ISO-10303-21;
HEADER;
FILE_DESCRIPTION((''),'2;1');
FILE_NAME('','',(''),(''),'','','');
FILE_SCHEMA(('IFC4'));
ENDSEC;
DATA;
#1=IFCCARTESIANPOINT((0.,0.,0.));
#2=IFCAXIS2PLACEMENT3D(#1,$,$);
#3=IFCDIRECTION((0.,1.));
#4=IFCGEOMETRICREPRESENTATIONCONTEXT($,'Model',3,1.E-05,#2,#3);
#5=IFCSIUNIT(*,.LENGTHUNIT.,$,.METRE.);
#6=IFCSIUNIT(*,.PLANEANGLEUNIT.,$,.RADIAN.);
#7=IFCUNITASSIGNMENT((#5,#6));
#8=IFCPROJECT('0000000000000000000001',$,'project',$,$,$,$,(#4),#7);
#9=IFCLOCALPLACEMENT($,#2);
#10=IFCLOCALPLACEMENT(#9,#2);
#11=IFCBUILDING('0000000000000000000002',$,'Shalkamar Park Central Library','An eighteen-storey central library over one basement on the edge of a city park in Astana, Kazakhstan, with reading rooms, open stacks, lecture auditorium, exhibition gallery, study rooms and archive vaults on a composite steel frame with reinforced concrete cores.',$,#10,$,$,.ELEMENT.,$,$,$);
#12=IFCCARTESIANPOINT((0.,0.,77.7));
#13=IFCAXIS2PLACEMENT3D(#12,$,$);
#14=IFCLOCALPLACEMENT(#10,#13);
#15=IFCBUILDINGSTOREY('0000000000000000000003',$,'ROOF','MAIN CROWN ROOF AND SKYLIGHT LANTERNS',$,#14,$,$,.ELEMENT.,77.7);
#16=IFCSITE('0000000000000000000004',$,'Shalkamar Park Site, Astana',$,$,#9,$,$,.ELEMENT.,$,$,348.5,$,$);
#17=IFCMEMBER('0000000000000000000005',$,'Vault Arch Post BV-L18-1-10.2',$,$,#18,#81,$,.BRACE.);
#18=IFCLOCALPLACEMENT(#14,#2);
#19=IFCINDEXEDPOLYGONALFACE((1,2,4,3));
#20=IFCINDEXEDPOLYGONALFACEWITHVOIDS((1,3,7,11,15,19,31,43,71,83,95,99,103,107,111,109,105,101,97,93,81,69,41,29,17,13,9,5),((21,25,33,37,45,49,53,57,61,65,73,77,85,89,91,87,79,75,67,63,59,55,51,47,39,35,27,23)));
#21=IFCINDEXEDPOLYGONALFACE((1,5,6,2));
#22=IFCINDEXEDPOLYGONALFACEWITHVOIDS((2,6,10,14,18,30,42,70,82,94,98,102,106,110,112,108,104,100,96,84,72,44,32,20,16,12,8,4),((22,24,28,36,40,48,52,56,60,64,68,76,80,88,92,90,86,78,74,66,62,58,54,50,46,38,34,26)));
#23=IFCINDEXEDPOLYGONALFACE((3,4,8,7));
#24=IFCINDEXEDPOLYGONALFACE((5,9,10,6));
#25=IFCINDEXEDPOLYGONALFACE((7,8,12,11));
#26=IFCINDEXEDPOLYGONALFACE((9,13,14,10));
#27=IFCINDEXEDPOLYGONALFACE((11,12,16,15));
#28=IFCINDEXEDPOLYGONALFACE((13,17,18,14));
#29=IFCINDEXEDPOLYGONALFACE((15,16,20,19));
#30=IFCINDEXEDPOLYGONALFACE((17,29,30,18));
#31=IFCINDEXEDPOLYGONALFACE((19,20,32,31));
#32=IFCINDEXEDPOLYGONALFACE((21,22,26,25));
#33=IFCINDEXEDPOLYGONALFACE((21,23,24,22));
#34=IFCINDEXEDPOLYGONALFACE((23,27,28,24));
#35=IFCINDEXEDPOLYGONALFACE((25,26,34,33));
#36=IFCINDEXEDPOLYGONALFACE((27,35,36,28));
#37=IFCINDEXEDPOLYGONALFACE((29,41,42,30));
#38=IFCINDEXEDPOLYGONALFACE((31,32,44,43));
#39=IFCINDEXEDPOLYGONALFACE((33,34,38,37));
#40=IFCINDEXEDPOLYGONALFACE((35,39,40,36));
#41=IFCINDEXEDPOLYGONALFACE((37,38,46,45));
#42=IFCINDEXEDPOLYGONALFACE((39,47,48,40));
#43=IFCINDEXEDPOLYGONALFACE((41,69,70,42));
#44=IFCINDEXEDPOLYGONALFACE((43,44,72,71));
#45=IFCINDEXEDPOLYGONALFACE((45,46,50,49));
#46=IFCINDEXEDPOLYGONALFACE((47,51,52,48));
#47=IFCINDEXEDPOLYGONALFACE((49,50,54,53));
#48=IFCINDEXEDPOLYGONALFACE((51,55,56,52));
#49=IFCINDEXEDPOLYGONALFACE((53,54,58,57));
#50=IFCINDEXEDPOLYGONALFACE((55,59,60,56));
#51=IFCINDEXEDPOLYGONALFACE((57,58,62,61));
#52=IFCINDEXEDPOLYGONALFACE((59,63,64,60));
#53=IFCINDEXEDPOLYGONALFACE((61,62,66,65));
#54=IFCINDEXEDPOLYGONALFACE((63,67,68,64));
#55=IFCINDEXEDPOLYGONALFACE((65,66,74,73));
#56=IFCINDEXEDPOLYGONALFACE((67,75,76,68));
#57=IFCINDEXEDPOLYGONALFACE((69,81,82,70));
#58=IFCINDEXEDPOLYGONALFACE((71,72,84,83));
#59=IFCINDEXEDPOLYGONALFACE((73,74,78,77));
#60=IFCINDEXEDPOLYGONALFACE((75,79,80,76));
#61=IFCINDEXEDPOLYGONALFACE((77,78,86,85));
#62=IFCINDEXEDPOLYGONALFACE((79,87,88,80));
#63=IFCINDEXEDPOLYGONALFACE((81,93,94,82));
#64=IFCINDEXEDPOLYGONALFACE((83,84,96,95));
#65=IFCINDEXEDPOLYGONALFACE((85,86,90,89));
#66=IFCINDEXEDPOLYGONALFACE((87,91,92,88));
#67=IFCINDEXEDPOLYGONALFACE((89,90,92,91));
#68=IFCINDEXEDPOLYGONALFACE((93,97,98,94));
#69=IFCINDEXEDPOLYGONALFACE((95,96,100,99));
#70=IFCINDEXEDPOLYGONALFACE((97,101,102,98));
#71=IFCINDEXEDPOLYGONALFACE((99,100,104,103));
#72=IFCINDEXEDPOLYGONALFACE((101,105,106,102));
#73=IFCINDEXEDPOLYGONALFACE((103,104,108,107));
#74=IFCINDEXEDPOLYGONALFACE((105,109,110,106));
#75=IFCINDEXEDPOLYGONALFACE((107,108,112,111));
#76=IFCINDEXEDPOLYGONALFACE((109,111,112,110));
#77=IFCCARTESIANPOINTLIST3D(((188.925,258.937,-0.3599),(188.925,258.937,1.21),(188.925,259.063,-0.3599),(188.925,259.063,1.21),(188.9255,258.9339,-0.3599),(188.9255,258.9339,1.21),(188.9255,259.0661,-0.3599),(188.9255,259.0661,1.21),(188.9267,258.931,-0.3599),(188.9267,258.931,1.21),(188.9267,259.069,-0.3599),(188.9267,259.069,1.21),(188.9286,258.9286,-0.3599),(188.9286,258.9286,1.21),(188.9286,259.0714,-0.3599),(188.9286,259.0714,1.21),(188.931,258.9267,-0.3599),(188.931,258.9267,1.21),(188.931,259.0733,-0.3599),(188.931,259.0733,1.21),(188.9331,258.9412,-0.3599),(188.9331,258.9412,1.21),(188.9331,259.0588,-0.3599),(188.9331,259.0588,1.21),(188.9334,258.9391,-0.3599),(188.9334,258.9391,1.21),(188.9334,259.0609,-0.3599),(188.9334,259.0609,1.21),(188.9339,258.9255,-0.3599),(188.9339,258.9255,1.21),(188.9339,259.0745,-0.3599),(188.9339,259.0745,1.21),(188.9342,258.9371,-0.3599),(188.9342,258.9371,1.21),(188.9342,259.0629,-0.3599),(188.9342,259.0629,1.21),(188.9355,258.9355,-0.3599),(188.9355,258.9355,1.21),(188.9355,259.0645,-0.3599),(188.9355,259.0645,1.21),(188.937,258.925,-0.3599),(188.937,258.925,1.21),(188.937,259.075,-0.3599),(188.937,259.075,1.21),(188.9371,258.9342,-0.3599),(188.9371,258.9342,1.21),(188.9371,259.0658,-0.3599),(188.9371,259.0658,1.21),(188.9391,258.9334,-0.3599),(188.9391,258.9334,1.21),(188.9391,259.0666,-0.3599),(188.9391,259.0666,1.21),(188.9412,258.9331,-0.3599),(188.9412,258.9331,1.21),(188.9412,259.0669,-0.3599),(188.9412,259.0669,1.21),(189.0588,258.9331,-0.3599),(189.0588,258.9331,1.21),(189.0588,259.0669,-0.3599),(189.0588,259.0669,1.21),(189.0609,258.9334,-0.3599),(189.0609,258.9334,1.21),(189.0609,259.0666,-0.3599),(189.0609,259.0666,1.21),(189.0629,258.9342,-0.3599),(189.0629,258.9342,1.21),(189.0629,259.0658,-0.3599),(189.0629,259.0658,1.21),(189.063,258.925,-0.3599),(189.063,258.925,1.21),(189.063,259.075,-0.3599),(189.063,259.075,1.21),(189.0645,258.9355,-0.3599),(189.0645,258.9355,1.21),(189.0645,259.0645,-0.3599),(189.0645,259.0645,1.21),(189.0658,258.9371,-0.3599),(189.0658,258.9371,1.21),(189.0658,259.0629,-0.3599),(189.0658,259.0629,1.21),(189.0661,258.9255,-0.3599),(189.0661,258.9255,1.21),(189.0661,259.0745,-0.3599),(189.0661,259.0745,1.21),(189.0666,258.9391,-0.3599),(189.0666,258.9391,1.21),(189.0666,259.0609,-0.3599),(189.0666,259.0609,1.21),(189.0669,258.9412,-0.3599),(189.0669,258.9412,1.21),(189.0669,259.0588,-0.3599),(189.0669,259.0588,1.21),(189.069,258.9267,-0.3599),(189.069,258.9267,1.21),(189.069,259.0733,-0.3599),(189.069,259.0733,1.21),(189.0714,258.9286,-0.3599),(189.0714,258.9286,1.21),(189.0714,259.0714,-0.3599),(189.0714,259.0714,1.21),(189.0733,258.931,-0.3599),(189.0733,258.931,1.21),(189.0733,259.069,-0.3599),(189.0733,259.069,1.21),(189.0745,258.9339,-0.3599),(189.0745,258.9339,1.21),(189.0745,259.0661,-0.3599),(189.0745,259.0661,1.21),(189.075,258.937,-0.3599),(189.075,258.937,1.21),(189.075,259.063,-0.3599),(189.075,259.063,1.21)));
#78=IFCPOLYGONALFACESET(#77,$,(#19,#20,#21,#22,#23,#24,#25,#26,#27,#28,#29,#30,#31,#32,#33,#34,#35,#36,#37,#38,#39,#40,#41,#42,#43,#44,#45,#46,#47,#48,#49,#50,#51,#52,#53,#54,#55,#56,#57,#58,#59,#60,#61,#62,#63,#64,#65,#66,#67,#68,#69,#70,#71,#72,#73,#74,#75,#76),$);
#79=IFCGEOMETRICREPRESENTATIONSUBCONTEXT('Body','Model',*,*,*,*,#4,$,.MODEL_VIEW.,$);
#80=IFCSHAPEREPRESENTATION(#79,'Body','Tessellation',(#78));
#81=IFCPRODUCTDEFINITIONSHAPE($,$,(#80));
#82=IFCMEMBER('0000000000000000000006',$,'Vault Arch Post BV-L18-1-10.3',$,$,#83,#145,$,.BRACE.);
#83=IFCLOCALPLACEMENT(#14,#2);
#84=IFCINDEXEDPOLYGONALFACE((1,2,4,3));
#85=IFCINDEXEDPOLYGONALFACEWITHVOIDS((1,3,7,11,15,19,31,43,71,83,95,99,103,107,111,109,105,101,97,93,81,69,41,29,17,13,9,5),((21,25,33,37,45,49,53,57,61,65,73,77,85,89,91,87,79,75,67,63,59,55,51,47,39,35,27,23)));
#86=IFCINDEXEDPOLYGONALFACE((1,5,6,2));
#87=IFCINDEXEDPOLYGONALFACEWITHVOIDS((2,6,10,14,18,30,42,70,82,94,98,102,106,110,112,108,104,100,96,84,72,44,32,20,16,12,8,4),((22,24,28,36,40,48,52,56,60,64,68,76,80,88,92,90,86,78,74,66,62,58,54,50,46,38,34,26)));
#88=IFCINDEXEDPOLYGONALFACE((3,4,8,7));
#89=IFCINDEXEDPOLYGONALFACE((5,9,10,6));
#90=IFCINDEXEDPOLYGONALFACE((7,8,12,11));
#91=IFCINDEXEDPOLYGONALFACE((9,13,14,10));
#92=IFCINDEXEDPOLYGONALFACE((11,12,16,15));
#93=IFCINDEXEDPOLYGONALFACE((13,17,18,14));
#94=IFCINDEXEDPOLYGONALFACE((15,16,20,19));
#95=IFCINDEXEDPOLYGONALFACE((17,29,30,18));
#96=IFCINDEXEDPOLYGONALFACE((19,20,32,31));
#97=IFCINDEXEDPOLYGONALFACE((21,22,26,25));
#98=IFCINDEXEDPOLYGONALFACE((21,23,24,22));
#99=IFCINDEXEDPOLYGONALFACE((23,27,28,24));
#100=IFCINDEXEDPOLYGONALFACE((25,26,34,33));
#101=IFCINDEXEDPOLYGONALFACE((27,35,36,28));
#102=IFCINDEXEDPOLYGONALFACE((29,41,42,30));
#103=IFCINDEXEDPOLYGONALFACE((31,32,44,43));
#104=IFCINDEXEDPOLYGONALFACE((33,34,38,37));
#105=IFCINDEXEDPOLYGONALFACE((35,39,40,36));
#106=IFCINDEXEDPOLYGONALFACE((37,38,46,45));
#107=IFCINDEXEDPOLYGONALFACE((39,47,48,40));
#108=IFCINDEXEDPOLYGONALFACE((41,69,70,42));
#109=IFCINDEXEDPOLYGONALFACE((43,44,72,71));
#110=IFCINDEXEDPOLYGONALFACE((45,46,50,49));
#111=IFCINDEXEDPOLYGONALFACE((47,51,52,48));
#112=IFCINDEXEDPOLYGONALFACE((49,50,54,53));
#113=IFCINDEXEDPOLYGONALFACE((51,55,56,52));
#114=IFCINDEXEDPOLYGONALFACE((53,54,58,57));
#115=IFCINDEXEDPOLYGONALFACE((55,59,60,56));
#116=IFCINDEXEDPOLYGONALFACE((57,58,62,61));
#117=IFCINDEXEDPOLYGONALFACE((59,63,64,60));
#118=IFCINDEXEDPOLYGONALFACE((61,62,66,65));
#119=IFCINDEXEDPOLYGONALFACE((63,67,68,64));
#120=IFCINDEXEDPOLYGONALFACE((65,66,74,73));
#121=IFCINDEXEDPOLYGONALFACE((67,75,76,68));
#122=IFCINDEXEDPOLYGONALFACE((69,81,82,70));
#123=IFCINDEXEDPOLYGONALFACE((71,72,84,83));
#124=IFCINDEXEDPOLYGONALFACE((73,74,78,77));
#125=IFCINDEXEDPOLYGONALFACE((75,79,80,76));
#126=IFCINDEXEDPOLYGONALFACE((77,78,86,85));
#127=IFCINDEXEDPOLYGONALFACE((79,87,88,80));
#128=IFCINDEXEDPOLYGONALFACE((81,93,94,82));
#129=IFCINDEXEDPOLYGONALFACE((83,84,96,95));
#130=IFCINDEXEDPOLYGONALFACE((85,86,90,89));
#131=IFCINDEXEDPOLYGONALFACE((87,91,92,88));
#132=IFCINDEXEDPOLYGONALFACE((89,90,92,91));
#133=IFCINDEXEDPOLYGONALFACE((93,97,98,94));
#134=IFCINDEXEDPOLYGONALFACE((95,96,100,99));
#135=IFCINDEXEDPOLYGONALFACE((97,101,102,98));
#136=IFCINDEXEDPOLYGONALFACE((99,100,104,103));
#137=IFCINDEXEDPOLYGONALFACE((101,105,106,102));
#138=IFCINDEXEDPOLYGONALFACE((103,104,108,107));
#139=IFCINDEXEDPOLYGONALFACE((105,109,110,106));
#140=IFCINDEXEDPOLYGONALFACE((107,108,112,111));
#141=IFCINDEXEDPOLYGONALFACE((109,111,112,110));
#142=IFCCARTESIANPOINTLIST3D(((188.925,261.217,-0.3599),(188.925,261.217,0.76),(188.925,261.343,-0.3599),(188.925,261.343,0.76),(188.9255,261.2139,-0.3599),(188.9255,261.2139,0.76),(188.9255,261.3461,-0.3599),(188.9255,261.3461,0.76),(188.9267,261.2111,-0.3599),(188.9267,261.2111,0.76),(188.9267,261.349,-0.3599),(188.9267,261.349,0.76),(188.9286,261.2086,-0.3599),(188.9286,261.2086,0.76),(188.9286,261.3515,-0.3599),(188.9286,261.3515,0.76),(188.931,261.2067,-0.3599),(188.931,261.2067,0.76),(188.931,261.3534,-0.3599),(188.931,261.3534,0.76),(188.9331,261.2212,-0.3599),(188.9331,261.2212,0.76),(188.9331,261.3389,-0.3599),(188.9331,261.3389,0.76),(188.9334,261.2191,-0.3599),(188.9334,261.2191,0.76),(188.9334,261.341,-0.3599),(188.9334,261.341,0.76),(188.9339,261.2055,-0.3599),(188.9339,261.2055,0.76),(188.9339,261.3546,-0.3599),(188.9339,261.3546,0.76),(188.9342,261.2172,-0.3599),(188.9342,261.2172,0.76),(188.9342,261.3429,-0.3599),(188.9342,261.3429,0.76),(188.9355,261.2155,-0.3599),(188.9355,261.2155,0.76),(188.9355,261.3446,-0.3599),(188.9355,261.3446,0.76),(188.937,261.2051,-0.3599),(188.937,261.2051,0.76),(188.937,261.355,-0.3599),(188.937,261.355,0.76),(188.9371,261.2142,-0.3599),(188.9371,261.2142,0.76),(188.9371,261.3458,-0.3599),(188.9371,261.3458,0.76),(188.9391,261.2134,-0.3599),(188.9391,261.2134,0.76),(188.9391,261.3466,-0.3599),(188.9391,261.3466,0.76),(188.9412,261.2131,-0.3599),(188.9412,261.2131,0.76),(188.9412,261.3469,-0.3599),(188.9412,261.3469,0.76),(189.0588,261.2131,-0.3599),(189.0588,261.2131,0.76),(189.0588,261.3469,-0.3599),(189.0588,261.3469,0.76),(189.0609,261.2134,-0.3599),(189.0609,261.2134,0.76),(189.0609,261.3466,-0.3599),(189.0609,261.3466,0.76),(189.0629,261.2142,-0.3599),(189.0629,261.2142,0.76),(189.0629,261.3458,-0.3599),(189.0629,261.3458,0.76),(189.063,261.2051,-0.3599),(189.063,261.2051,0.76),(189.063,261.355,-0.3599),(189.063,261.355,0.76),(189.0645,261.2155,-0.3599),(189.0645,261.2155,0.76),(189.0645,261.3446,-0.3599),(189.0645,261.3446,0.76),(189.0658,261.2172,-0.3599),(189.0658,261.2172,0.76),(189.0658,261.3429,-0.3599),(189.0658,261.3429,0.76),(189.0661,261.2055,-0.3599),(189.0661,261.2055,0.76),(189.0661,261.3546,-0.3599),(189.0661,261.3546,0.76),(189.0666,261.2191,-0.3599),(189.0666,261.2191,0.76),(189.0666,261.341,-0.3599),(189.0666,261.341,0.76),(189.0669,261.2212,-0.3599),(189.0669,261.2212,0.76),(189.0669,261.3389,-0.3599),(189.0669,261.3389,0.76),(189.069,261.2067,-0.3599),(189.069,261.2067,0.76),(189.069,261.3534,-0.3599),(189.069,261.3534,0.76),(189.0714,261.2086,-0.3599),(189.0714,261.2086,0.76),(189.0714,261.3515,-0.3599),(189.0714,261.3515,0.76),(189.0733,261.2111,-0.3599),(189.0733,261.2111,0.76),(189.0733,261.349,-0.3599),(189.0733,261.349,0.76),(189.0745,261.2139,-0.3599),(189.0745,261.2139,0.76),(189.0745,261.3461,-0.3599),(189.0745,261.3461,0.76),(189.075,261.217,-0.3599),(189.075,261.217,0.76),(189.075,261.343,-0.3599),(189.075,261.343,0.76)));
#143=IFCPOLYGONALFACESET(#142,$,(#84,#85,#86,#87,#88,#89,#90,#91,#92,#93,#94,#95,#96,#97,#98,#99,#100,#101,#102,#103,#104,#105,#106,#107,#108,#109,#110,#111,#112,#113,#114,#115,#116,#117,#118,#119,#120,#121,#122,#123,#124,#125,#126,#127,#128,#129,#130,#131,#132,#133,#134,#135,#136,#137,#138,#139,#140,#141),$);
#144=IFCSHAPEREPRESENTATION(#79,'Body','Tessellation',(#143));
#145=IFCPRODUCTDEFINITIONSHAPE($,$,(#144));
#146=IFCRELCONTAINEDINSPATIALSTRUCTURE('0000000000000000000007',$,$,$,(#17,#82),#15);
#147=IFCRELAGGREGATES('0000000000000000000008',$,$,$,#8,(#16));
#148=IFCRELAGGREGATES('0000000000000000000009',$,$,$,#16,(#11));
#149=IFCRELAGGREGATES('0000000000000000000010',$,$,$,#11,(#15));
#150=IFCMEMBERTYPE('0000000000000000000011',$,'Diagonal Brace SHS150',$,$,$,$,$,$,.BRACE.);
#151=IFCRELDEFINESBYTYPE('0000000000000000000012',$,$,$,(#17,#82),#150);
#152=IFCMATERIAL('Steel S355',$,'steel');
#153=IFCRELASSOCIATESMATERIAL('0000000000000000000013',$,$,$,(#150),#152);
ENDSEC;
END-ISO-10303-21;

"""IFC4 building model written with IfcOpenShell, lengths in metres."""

from ifc_helpers import new_model, si_unit, direction, frame, origin, origin_2d, place, context, subcontext, project, spatial, hollow_rectangle, extrude, material, material_profile, profile_set, type_object, element, save


model = new_model("IFC4")

# Units and contexts
model_context = context("Model", 3, precision=1e-05, world=origin(), true_north=direction((0.0, 1.0)))
body_context = subcontext(model_context, "Body", "Model", "MODEL_VIEW")
ifc_project = project(units=[si_unit("LENGTHUNIT", "METRE"), si_unit("PLANEANGLEUNIT", "RADIAN")], contexts=[model_context])

# Site, building, storey
site_placement = place(None, origin())
site = spatial("IfcSite", under=ifc_project, at=site_placement, Name="Shalkamar Park Site, Astana", CompositionType="ELEMENT", RefElevation=348.5)
building_placement = place(site_placement, origin())
building = spatial("IfcBuilding", under=site, at=building_placement, Name="Shalkamar Park Central Library", Description="An eighteen-storey central library over one basement on the edge of a city park in Astana, Kazakhstan, with reading rooms, open stacks, lecture auditorium, exhibition gallery, study rooms and archive vaults on a composite steel frame with reinforced concrete cores.", CompositionType="ELEMENT")
storey_placement = place(building_placement, frame((0.0, 0.0, 77.7)))
storey = spatial("IfcBuildingStorey", under=building, at=storey_placement, Name="ROOF", Description="MAIN CROWN ROOF AND SKYLIGHT LANTERNS", CompositionType="ELEMENT", Elevation=77.7)

# Members
ifc_material_1 = material(Name="Steel S355", Category="steel")
ifc_material_profile_1 = material_profile(ifc_material_1, hollow_rectangle(XDim=0.1499, YDim=0.1499, WallThickness=0.0081, InnerFilletRadius=0.0081, OuterFilletRadius=0.012, at=origin_2d()), Name="SHS 150x150x8")
ifc_profile_set_1 = profile_set([ifc_material_profile_1], Name="Steel S355")
member_type_1 = type_object("IfcMemberType", Name="Diagonal Brace SHS150", PredefinedType="BRACE", material=ifc_profile_set_1)
member_1_placement = place(storey_placement, frame((189.0, 259.0, -0.3599), z_axis=(0.0, 0.0, 1.0), x_axis=(1.0, 0.0, 0.0)))
element("IfcMember", 1, at=member_1_placement, inside=storey, type_object=member_type_1, Name="Vault Arch Post BV-L18-1-10.2", PredefinedType="BRACE", context=body_context, shape_type="SweptSolid", body=[
    extrude(hollow_rectangle(XDim=0.1499, YDim=0.1499, WallThickness=0.0081, InnerFilletRadius=0.0081, OuterFilletRadius=0.012, at=origin_2d()), origin(), (0.0, 0.0, 1.0), 1.5698),
])
member_2_placement = place(storey_placement, frame((189.0, 261.28, -0.3599), z_axis=(0.0, 0.0, 1.0), x_axis=(1.0, 0.0, 0.0)))
element("IfcMember", 2, at=member_2_placement, inside=storey, type_object=member_type_1, Name="Vault Arch Post BV-L18-1-10.3", PredefinedType="BRACE", context=body_context, shape_type="SweptSolid", body=[
    extrude(hollow_rectangle(XDim=0.1499, YDim=0.1499, WallThickness=0.0081, InnerFilletRadius=0.0081, OuterFilletRadius=0.012, at=origin_2d()), origin(), (0.0, 0.0, 1.0), 1.1199),
])

save(model, "model.ifc")
